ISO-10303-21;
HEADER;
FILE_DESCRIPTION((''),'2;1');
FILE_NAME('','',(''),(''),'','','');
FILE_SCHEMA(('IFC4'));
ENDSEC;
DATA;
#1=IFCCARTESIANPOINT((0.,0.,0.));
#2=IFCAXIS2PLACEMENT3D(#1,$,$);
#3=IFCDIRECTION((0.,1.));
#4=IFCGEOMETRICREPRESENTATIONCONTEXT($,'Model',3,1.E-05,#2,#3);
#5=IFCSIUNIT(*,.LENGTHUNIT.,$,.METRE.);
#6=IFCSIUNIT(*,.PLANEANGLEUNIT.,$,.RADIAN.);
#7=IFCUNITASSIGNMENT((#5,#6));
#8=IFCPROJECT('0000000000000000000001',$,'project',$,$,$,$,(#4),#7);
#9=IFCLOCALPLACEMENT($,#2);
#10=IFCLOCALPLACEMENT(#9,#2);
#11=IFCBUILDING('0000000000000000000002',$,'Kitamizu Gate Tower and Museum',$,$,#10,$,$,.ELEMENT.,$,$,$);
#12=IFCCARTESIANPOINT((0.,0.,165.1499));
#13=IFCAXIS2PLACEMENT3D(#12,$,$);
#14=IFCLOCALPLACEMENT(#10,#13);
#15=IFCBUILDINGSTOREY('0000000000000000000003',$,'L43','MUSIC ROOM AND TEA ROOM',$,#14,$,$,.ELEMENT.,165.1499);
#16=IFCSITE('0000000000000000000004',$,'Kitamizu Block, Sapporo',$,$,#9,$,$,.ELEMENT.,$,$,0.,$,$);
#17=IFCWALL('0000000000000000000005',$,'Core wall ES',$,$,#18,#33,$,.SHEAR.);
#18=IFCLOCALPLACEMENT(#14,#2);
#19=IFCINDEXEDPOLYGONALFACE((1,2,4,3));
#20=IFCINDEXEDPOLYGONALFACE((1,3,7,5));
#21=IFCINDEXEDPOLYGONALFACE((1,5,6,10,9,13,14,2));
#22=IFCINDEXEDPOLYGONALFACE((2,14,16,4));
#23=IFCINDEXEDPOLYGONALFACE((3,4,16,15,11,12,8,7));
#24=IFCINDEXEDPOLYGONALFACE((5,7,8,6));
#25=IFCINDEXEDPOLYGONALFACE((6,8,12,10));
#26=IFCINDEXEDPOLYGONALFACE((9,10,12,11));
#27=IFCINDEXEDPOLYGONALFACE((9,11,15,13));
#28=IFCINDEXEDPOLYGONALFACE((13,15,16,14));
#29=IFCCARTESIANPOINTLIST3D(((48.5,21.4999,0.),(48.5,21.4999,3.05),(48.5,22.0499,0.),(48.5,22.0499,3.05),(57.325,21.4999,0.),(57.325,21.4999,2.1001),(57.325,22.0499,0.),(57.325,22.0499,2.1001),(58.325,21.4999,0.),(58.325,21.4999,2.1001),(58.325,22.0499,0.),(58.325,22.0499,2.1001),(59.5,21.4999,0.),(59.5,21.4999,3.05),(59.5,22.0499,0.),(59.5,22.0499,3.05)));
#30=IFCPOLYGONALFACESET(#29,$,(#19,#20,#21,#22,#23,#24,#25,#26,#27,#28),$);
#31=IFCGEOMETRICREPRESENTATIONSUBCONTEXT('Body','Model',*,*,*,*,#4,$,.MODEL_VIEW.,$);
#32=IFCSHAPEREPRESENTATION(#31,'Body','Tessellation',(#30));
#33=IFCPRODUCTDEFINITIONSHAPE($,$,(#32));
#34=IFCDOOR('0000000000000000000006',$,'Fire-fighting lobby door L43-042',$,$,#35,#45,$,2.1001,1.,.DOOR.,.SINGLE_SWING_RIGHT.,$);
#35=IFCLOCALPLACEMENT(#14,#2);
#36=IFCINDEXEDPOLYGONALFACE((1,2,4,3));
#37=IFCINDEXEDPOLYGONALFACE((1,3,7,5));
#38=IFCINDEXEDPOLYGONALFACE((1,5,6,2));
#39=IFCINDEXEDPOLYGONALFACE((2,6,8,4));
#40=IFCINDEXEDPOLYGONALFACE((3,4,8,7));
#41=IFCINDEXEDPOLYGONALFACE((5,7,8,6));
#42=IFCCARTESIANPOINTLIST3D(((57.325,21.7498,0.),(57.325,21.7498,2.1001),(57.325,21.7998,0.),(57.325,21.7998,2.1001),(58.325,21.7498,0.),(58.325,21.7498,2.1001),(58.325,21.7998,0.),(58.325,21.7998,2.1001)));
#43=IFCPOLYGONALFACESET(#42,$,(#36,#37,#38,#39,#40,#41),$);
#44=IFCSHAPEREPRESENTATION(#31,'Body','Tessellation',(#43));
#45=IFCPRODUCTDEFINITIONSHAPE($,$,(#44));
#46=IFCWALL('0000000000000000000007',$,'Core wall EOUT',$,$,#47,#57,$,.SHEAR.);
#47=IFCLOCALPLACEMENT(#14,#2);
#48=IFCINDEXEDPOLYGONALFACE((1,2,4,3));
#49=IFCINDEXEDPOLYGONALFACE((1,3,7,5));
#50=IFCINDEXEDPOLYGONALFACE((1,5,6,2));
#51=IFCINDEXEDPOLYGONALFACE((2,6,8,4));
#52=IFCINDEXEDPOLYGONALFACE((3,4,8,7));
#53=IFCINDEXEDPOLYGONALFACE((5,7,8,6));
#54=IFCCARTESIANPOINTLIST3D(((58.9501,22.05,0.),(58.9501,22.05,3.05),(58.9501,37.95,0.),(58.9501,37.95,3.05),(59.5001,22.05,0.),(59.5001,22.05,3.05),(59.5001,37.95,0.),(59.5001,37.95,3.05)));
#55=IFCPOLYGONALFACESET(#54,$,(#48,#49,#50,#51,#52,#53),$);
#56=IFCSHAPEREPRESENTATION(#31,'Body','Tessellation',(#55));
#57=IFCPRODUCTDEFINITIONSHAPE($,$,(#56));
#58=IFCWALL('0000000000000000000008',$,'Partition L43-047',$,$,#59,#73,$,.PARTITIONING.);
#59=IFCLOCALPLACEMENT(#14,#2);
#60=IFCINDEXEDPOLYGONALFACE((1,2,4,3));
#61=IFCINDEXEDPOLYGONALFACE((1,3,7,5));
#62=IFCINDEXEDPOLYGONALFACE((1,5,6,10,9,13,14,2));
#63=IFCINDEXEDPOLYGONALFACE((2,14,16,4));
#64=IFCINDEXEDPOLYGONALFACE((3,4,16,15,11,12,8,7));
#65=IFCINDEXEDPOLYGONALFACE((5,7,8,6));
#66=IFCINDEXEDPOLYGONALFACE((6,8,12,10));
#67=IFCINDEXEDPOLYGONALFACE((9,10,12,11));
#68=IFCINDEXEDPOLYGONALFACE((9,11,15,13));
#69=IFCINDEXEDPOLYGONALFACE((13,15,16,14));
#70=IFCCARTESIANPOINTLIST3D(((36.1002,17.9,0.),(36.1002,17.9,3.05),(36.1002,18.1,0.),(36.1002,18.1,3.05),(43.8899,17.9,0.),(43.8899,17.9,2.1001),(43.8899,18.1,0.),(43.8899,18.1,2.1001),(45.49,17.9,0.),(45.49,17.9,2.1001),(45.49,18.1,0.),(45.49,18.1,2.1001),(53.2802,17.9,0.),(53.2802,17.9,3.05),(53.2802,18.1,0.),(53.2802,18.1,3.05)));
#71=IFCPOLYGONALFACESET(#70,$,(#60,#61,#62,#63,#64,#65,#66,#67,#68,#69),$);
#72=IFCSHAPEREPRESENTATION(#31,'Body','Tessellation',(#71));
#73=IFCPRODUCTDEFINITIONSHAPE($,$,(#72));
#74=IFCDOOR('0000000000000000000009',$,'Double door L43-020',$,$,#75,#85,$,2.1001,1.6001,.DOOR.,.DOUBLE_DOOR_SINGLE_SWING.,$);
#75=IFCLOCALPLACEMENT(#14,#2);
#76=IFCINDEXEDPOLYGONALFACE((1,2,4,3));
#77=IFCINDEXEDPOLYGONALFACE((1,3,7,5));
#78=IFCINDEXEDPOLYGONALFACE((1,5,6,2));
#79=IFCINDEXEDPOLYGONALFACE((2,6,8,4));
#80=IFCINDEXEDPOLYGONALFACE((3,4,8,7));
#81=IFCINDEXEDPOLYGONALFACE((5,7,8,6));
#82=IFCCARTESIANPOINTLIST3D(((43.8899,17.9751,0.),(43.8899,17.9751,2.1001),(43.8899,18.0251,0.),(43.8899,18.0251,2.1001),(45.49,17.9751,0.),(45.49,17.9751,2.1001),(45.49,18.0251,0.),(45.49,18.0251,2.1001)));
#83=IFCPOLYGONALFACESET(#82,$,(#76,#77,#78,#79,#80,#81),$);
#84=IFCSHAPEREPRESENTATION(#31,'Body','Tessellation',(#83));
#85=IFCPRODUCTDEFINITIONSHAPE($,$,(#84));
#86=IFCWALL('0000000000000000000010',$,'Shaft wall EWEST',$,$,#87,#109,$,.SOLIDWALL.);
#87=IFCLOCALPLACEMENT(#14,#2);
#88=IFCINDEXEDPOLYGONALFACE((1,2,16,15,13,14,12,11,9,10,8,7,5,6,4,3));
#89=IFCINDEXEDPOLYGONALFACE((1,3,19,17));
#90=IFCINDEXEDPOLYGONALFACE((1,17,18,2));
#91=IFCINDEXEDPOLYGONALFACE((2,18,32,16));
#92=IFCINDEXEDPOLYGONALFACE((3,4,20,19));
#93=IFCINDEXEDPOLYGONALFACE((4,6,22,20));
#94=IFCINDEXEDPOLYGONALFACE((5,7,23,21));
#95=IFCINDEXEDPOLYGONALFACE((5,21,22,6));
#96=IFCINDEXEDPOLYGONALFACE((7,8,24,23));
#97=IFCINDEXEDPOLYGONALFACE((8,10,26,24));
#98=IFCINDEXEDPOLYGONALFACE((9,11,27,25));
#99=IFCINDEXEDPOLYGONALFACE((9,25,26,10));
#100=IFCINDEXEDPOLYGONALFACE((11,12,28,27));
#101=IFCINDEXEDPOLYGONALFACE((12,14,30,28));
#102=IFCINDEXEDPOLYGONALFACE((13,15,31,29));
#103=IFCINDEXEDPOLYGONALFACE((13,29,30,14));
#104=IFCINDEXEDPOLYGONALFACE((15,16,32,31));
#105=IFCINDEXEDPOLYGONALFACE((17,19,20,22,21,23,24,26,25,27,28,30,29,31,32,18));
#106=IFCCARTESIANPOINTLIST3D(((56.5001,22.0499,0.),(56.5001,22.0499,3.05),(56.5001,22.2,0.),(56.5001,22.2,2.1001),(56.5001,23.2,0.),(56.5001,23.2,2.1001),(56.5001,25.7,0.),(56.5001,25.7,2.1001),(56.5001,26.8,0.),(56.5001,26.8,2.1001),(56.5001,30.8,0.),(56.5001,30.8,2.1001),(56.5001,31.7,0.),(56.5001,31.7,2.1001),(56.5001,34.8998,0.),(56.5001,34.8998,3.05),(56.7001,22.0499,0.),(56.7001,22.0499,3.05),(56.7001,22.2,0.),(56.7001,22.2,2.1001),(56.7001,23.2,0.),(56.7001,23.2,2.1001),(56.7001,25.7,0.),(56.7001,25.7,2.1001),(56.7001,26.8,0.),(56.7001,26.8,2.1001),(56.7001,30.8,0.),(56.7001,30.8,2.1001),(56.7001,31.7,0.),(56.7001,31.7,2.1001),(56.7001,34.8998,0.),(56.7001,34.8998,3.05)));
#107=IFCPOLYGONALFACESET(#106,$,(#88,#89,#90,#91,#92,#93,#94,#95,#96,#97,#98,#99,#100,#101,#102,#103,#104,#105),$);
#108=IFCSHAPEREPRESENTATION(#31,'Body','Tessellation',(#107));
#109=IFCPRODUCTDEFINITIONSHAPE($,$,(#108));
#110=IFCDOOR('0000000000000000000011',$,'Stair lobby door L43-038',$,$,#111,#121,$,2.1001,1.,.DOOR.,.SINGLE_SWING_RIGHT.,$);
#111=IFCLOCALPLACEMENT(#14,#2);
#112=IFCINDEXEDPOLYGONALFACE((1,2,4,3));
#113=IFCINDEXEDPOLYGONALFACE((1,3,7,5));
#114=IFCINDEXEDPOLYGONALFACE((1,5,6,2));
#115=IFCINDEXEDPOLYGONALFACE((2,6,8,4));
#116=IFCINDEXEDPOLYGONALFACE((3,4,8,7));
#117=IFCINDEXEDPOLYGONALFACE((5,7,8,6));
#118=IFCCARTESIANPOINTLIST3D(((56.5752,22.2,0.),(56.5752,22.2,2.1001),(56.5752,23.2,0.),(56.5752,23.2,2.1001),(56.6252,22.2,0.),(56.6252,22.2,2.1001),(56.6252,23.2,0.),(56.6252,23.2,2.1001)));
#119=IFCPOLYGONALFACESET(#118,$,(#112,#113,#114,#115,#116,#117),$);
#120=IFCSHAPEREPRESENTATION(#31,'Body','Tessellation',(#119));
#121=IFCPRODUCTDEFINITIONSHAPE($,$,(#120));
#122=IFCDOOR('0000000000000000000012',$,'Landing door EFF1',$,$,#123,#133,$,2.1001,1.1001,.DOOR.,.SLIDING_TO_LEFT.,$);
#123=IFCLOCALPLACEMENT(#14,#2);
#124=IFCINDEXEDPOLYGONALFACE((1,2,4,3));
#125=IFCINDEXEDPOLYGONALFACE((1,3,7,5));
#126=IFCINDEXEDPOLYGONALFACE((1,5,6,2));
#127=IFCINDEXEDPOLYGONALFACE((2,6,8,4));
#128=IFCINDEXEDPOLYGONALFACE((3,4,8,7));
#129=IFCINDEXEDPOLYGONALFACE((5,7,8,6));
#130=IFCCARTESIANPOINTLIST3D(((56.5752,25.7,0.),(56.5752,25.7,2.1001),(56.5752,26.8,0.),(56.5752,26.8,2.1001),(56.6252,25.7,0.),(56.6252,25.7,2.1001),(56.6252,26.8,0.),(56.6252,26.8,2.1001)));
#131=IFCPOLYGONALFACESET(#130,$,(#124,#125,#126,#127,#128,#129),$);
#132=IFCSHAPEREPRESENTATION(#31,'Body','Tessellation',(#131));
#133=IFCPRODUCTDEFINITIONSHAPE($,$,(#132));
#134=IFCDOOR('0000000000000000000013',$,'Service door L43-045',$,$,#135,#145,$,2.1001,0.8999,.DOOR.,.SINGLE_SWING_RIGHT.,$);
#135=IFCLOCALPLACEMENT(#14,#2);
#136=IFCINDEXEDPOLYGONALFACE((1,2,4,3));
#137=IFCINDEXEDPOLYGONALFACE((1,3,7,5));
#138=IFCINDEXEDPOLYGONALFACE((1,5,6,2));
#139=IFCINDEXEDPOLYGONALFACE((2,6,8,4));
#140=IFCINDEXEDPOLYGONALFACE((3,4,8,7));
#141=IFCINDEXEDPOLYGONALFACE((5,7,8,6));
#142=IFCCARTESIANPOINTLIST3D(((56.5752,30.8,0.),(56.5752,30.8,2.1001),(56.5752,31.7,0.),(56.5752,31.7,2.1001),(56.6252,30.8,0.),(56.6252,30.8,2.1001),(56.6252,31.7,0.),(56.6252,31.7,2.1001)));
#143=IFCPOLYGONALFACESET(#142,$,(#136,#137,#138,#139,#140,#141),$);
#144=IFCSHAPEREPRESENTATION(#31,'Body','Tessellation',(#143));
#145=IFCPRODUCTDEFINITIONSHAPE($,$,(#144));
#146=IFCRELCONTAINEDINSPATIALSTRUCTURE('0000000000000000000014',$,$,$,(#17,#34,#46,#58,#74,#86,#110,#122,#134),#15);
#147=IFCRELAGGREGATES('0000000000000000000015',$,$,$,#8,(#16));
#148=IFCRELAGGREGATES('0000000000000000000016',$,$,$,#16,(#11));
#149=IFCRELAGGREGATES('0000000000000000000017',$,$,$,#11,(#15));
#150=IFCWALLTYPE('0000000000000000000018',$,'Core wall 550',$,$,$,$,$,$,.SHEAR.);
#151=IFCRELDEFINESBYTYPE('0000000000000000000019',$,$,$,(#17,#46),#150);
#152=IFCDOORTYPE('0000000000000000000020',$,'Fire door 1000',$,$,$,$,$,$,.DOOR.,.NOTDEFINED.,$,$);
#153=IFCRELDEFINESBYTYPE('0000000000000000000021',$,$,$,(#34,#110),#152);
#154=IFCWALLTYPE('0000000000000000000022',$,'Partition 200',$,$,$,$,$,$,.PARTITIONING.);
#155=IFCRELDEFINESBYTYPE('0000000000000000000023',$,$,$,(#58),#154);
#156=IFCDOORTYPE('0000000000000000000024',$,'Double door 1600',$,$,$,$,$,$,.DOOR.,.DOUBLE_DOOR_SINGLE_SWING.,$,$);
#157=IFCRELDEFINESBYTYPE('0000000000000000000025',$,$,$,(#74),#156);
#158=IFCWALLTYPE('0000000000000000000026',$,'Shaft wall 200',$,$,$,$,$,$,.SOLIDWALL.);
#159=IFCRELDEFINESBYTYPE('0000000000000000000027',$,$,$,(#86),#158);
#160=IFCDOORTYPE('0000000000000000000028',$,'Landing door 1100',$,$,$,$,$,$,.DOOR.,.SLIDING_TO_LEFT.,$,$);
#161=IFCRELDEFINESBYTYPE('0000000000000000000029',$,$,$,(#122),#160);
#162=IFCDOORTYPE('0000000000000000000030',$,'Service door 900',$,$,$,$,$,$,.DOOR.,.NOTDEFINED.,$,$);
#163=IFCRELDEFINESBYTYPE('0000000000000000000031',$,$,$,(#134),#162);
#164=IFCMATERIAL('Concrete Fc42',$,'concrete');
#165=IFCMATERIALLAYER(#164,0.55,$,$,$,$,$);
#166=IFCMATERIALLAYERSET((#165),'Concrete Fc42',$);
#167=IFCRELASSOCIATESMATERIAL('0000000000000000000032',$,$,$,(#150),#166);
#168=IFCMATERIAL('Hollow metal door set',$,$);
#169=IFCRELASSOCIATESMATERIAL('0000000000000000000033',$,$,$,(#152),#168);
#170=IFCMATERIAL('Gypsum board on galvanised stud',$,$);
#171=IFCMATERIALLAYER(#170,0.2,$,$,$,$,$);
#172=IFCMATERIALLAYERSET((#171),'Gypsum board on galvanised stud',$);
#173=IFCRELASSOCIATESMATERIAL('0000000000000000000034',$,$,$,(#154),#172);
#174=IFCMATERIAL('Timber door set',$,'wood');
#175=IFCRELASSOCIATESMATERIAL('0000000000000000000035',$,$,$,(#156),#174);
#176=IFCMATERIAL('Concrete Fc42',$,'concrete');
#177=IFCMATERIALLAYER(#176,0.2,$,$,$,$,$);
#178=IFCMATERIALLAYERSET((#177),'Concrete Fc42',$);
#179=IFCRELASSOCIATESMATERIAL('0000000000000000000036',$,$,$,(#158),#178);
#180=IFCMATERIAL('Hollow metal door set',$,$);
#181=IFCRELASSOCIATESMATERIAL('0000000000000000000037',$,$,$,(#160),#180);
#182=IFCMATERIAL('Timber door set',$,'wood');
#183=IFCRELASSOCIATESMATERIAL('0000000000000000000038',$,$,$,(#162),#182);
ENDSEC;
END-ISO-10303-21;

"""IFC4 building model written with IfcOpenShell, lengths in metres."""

from ifc_helpers import new_model, si_unit, direction, frame, frame_2d, origin, place, context, subcontext, project, spatial, rectangle, extrude, material, layer, layer_set, type_object, element, fill, save


model = new_model("IFC4")

# Units and contexts
model_context = context("Model", 3, precision=1e-05, world=origin(), true_north=direction((0.0, 1.0)))
body_context = subcontext(model_context, "Body", "Model", "MODEL_VIEW")
ifc_project = project(units=[si_unit("LENGTHUNIT", "METRE"), si_unit("PLANEANGLEUNIT", "RADIAN")], contexts=[model_context])

# Site, building, storey
site_placement = place(None, origin())
site = spatial("IfcSite", under=ifc_project, at=site_placement, Name="Kitamizu Block, Sapporo", CompositionType="ELEMENT", RefElevation=0.0)
building_placement = place(site_placement, origin())
building = spatial("IfcBuilding", under=site, at=building_placement, Name="Kitamizu Gate Tower and Museum", CompositionType="ELEMENT")
storey_placement = place(building_placement, frame((0.0, 0.0, 165.1499)))
storey = spatial("IfcBuildingStorey", under=building, at=storey_placement, Name="L43", Description="MUSIC ROOM AND TEA ROOM", CompositionType="ELEMENT", Elevation=165.1499)

# Wall, opening, door
ifc_material_1 = material(Name="Concrete Fc42", Category="concrete")
ifc_layer_1 = layer(ifc_material_1, 0.55)
ifc_layer_set_1 = layer_set([ifc_layer_1], Name="Concrete Fc42")
wall_type_1 = type_object("IfcWallType", Name="Core wall 550", PredefinedType="SHEAR", material=ifc_layer_set_1)
wall_1_placement = place(storey_placement, frame((59.5, 21.7749, 0.0), z_axis=(0.0, 0.0, 1.0), x_axis=(-1.0, 0.0, 0.0)))
wall_1 = element("IfcWall", 1, at=wall_1_placement, inside=storey, type_object=wall_type_1, Name="Core wall ES", PredefinedType="SHEAR", context=body_context, shape_type="SweptSolid", body=[
    extrude(rectangle(XDim=11.0, YDim=0.55, at=frame_2d((5.5, 0.0))), origin(), (0.0, 0.0, 1.0), 3.05),
])
opening_1_placement = place(wall_1_placement, frame((1.175, 0.0, 0.0)))
opening_1 = element("IfcOpeningElement", 2, at=opening_1_placement, cuts=wall_1, PredefinedType="OPENING", context=body_context, shape_type="SweptSolid", body=[
    extrude(rectangle(XDim=1.0, YDim=2.1001, at=frame_2d((0.5, 1.05))), frame((0.0, 0.2852, 0.0), z_axis=(0.0, -1.0, 0.0), x_axis=(1.0, 0.0, 0.0)), (0.0, 0.0, 1.0), 0.5701),
])
ifc_material_2 = material(Name="Hollow metal door set")
door_type_1 = type_object("IfcDoorType", Name="Fire door 1000", OperationType="NOTDEFINED", PredefinedType="DOOR", material=ifc_material_2)
door_1_placement = place(opening_1_placement, frame((1.0, 0.0, 0.0), x_axis=(-1.0, 0.0, 0.0)))
door_1 = element("IfcDoor", 3, at=door_1_placement, inside=storey, type_object=door_type_1, Name="Fire-fighting lobby door L43-042", OperationType="SINGLE_SWING_RIGHT", OverallHeight=2.1001, OverallWidth=1.0, PredefinedType="DOOR", context=body_context, shape_type="SweptSolid", body=[
    extrude(rectangle(XDim=1.0, YDim=2.1001, at=frame_2d((0.5, 1.05))), frame((0.0, 0.0249, 0.0), z_axis=(0.0, -1.0, 0.0), x_axis=(1.0, 0.0, 0.0)), (0.0, 0.0, 1.0), 0.05),
])
fill(opening_1, door_1)

# Wall
wall_2_placement = place(storey_placement, frame((59.2251, 22.05, 0.0), z_axis=(0.0, 0.0, 1.0), x_axis=(0.0, 1.0, 0.0)))
element("IfcWall", 4, at=wall_2_placement, inside=storey, type_object=wall_type_1, Name="Core wall EOUT", PredefinedType="SHEAR", context=body_context, shape_type="SweptSolid", body=[
    extrude(rectangle(XDim=15.8999, YDim=0.55, at=frame_2d((7.95, 0.0))), origin(), (0.0, 0.0, 1.0), 3.05),
])

# Wall, opening, door
ifc_material_3 = material(Name="Gypsum board on galvanised stud")
ifc_layer_2 = layer(ifc_material_3, 0.2)
ifc_layer_set_2 = layer_set([ifc_layer_2], Name="Gypsum board on galvanised stud")
wall_type_2 = type_object("IfcWallType", Name="Partition 200", PredefinedType="PARTITIONING", material=ifc_layer_set_2)
wall_3_placement = place(storey_placement, frame((53.28, 18.0, 0.0), z_axis=(0.0, 0.0, 1.0), x_axis=(-1.0, 0.0, 0.0)))
wall_3 = element("IfcWall", 5, at=wall_3_placement, inside=storey, type_object=wall_type_2, Name="Partition L43-047", PredefinedType="PARTITIONING", context=body_context, shape_type="SweptSolid", body=[
    extrude(rectangle(XDim=17.1799, YDim=0.2, at=frame_2d((8.5898, 0.0))), origin(), (0.0, 0.0, 1.0), 3.05),
])
opening_2_placement = place(wall_3_placement, frame((7.79, 0.0, 0.0)))
opening_2 = element("IfcOpeningElement", 6, at=opening_2_placement, cuts=wall_3, PredefinedType="OPENING", context=body_context, shape_type="SweptSolid", body=[
    extrude(rectangle(XDim=1.6001, YDim=2.1001, at=frame_2d((0.8, 1.05))), frame((0.0, 0.1099, 0.0), z_axis=(0.0, -1.0, 0.0), x_axis=(1.0, 0.0, 0.0)), (0.0, 0.0, 1.0), 0.22),
])
ifc_material_4 = material(Name="Timber door set", Category="wood")
door_type_2 = type_object("IfcDoorType", Name="Double door 1600", OperationType="DOUBLE_DOOR_SINGLE_SWING", PredefinedType="DOOR", material=ifc_material_4)
door_2_placement = place(opening_2_placement, origin())
door_2 = element("IfcDoor", 7, at=door_2_placement, inside=storey, type_object=door_type_2, Name="Double door L43-020", OperationType="DOUBLE_DOOR_SINGLE_SWING", OverallHeight=2.1001, OverallWidth=1.6001, PredefinedType="DOOR", context=body_context, shape_type="SweptSolid", body=[
    extrude(rectangle(XDim=1.6001, YDim=2.1001, at=frame_2d((0.8, 1.05))), frame((0.0, 0.0249, 0.0), z_axis=(0.0, -1.0, 0.0), x_axis=(1.0, 0.0, 0.0)), (0.0, 0.0, 1.0), 0.05),
])
fill(opening_2, door_2)

# Wall, openings, doors
ifc_material_5 = material(Name="Concrete Fc42", Category="concrete")
ifc_layer_3 = layer(ifc_material_5, 0.2)
ifc_layer_set_3 = layer_set([ifc_layer_3], Name="Concrete Fc42")
wall_type_3 = type_object("IfcWallType", Name="Shaft wall 200", PredefinedType="SOLIDWALL", material=ifc_layer_set_3)
wall_4_placement = place(storey_placement, frame((56.6001, 22.05, 0.0), z_axis=(0.0, 0.0, 1.0), x_axis=(0.0, 1.0, 0.0)))
wall_4 = element("IfcWall", 8, at=wall_4_placement, inside=storey, type_object=wall_type_3, Name="Shaft wall EWEST", PredefinedType="SOLIDWALL", context=body_context, shape_type="SweptSolid", body=[
    extrude(rectangle(XDim=12.8499, YDim=0.2, at=frame_2d((6.4248, 0.0))), origin(), (0.0, 0.0, 1.0), 3.05),
])
opening_3_placement = place(wall_4_placement, frame((3.6499, 0.0, 0.0)))
opening_3 = element("IfcOpeningElement", 9, at=opening_3_placement, cuts=wall_4, PredefinedType="OPENING", context=body_context, shape_type="SweptSolid", body=[
    extrude(rectangle(XDim=1.1001, YDim=2.1001, at=frame_2d((0.55, 1.05))), frame((0.0, 0.1099, 0.0), z_axis=(0.0, -1.0, 0.0), x_axis=(1.0, 0.0, 0.0)), (0.0, 0.0, 1.0), 0.22),
])
opening_4_placement = place(wall_4_placement, frame((0.1499, 0.0, 0.0)))
opening_4 = element("IfcOpeningElement", 10, at=opening_4_placement, cuts=wall_4, PredefinedType="OPENING", context=body_context, shape_type="SweptSolid", body=[
    extrude(rectangle(XDim=1.0, YDim=2.1001, at=frame_2d((0.5, 1.05))), frame((0.0, 0.1099, 0.0), z_axis=(0.0, -1.0, 0.0), x_axis=(1.0, 0.0, 0.0)), (0.0, 0.0, 1.0), 0.22),
])
opening_5_placement = place(wall_4_placement, frame((8.75, 0.0, 0.0)))
opening_5 = element("IfcOpeningElement", 11, at=opening_5_placement, cuts=wall_4, PredefinedType="OPENING", context=body_context, shape_type="SweptSolid", body=[
    extrude(rectangle(XDim=0.8999, YDim=2.1001, at=frame_2d((0.45, 1.05))), frame((0.0, 0.1099, 0.0), z_axis=(0.0, -1.0, 0.0), x_axis=(1.0, 0.0, 0.0)), (0.0, 0.0, 1.0), 0.22),
])
door_3_placement = place(opening_4_placement, origin())
door_3 = element("IfcDoor", 12, at=door_3_placement, inside=storey, type_object=door_type_1, Name="Stair lobby door L43-038", OperationType="SINGLE_SWING_RIGHT", OverallHeight=2.1001, OverallWidth=1.0, PredefinedType="DOOR", context=body_context, shape_type="SweptSolid", body=[
    extrude(rectangle(XDim=1.0, YDim=2.1001, at=frame_2d((0.5, 1.05))), frame((0.0, 0.0249, 0.0), z_axis=(0.0, -1.0, 0.0), x_axis=(1.0, 0.0, 0.0)), (0.0, 0.0, 1.0), 0.05),
])
fill(opening_4, door_3)
ifc_material_6 = material(Name="Hollow metal door set")
door_type_3 = type_object("IfcDoorType", Name="Landing door 1100", OperationType="SLIDING_TO_LEFT", PredefinedType="DOOR", material=ifc_material_6)
door_4_placement = place(opening_3_placement, origin())
door_4 = element("IfcDoor", 13, at=door_4_placement, inside=storey, type_object=door_type_3, Name="Landing door EFF1", OperationType="SLIDING_TO_LEFT", OverallHeight=2.1001, OverallWidth=1.1001, PredefinedType="DOOR", context=body_context, shape_type="SweptSolid", body=[
    extrude(rectangle(XDim=1.1001, YDim=2.1001, at=frame_2d((0.55, 1.05))), frame((0.0, 0.0249, 0.0), z_axis=(0.0, -1.0, 0.0), x_axis=(1.0, 0.0, 0.0)), (0.0, 0.0, 1.0), 0.05),
])
fill(opening_3, door_4)
ifc_material_7 = material(Name="Timber door set", Category="wood")
door_type_4 = type_object("IfcDoorType", Name="Service door 900", OperationType="NOTDEFINED", PredefinedType="DOOR", material=ifc_material_7)
door_5_placement = place(opening_5_placement, origin())
door_5 = element("IfcDoor", 14, at=door_5_placement, inside=storey, type_object=door_type_4, Name="Service door L43-045", OperationType="SINGLE_SWING_RIGHT", OverallHeight=2.1001, OverallWidth=0.8999, PredefinedType="DOOR", context=body_context, shape_type="SweptSolid", body=[
    extrude(rectangle(XDim=0.8999, YDim=2.1001, at=frame_2d((0.45, 1.05))), frame((0.0, 0.0249, 0.0), z_axis=(0.0, -1.0, 0.0), x_axis=(1.0, 0.0, 0.0)), (0.0, 0.0, 1.0), 0.05),
])
fill(opening_5, door_5)

save(model, "model.ifc")
